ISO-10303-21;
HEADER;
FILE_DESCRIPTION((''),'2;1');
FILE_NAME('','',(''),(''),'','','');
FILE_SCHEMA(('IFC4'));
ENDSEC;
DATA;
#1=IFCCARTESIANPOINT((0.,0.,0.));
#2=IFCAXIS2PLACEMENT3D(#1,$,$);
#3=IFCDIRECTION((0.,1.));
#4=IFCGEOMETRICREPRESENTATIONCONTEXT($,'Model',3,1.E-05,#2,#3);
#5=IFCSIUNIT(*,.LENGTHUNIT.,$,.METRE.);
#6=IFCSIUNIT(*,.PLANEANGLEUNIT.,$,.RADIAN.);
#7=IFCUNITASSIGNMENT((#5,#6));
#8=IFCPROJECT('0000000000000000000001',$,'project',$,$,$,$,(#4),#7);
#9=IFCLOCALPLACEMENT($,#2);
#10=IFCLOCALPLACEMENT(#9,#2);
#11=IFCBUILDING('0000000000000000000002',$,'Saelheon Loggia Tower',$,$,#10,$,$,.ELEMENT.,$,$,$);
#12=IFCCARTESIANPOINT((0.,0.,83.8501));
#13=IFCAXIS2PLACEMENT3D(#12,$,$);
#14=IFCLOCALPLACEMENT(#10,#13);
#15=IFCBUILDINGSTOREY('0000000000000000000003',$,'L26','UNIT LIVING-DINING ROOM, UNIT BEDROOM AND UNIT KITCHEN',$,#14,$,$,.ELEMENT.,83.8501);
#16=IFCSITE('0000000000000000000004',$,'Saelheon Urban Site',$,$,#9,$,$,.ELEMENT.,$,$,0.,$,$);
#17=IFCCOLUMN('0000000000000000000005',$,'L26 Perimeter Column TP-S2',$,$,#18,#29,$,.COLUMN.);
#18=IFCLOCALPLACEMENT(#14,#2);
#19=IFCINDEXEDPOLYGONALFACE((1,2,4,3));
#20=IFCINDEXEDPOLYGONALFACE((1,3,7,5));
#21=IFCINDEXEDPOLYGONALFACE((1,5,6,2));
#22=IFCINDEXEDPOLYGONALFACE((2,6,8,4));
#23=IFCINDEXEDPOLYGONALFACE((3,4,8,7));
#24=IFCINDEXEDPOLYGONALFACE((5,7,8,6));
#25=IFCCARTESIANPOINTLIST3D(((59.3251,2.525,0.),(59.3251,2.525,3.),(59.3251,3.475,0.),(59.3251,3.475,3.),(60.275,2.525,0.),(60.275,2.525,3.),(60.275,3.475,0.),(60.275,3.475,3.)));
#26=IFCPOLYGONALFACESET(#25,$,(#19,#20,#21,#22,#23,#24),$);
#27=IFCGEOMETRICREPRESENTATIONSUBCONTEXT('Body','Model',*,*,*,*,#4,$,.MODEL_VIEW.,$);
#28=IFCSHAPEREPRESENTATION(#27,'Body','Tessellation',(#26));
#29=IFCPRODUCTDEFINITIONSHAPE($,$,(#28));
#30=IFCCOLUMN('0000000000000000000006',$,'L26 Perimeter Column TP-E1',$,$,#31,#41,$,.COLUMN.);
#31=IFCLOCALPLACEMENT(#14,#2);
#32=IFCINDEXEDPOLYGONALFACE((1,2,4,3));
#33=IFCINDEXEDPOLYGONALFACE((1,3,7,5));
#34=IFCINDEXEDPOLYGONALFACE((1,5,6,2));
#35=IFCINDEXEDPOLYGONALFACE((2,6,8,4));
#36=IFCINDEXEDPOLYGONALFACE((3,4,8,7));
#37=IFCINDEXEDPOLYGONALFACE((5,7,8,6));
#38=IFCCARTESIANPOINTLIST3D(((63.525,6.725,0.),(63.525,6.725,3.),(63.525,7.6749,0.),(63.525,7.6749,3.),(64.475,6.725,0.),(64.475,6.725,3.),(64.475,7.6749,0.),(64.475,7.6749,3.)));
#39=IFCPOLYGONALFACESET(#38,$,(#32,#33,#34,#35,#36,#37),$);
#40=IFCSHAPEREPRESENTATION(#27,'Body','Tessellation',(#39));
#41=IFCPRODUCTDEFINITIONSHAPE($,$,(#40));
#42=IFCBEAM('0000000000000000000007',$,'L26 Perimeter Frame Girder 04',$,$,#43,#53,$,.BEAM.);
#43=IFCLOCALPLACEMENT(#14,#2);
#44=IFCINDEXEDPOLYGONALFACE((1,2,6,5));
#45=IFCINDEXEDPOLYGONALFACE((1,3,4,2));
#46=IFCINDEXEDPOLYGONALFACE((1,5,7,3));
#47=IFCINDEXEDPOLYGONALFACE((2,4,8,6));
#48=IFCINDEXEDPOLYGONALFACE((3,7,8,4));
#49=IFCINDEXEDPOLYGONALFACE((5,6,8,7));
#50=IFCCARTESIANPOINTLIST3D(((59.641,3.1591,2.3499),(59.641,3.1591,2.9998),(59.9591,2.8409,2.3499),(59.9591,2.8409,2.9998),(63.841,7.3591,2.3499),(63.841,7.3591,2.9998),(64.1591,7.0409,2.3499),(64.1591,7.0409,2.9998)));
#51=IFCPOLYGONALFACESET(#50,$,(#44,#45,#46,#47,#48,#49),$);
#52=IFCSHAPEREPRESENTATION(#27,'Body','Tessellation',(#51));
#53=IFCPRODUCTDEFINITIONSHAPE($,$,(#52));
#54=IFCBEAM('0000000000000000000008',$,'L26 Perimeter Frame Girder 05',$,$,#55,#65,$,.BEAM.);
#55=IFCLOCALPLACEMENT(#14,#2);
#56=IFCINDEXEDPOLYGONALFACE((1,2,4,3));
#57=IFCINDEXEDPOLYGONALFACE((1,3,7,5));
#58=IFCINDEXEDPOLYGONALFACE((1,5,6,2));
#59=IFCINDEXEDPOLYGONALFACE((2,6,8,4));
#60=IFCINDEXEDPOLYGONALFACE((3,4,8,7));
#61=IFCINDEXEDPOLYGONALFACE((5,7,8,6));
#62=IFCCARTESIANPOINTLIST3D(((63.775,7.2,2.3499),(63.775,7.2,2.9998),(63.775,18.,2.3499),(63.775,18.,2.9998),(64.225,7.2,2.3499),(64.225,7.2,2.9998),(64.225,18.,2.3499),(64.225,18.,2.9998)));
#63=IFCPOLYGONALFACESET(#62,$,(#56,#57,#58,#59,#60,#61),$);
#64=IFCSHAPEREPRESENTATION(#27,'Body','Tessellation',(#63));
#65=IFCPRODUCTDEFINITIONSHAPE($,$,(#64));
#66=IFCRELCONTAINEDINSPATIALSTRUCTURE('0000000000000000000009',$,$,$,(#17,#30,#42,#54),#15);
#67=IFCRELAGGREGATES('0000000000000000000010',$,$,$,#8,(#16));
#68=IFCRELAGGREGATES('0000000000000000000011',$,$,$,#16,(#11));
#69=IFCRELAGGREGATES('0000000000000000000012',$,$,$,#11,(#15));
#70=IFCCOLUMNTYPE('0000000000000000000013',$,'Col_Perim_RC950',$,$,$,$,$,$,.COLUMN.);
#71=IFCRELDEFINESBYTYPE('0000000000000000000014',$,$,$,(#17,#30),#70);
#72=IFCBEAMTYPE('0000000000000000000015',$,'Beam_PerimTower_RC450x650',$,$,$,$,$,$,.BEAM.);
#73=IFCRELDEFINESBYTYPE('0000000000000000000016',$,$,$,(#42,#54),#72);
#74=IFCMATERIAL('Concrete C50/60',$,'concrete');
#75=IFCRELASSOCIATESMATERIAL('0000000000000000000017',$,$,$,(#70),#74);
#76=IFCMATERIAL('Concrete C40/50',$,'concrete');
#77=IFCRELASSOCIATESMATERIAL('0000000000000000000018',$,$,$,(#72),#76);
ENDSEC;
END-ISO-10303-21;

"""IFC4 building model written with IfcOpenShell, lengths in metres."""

from ifc_helpers import new_model, si_unit, direction, frame, origin, origin_2d, place, context, subcontext, project, spatial, rectangle, extrude, source, transform, mapped, material, material_profile, profile_set, type_object, element, save


model = new_model("IFC4")

# Units and contexts
model_context = context("Model", 3, precision=1e-05, world=origin(), true_north=direction((0.0, 1.0)))
body_context = subcontext(model_context, "Body", "Model", "MODEL_VIEW")
ifc_project = project(units=[si_unit("LENGTHUNIT", "METRE"), si_unit("PLANEANGLEUNIT", "RADIAN")], contexts=[model_context])

# Site, building, storey
site_placement = place(None, origin())
site = spatial("IfcSite", under=ifc_project, at=site_placement, Name="Saelheon Urban Site", CompositionType="ELEMENT", RefElevation=0.0)
building_placement = place(site_placement, origin())
building = spatial("IfcBuilding", under=site, at=building_placement, Name="Saelheon Loggia Tower", CompositionType="ELEMENT")
storey_placement = place(building_placement, frame((0.0, 0.0, 83.8501)))
storey = spatial("IfcBuildingStorey", under=building, at=storey_placement, Name="L26", Description="UNIT LIVING-DINING ROOM, UNIT BEDROOM AND UNIT KITCHEN", CompositionType="ELEMENT", Elevation=83.8501)

# Columns
ifc_material_1 = material(Name="Concrete C50/60", Category="concrete")
ifc_material_profile_1 = material_profile(ifc_material_1, rectangle(XDim=0.95, YDim=0.95, at=origin_2d()), Name="RC-950x950")
ifc_profile_set_1 = profile_set([ifc_material_profile_1], Name="Concrete C50/60")
column_type = type_object("IfcColumnType", Name="Col_Perim_RC950", PredefinedType="COLUMN", material=ifc_profile_set_1)
shared_shape_1 = source(origin(), body_context, "Body", "SweptSolid", [
    extrude(rectangle(XDim=0.95, YDim=0.95, at=origin_2d()), origin(), (0.0, 0.0, 1.0), 3.0),
])
for number, where, z_axis, x_axis, name in (
    (1, (59.8, 3.0, 0.0), (0.0, 0.0, 1.0), (1.0, 0.0, 0.0), "L26 Perimeter Column TP-S2"),
    (2, (64.0, 7.2, 0.0), (0.0, 0.0, 1.0), (1.0, 0.0, 0.0), "L26 Perimeter Column TP-E1"),
):
    element("IfcColumn", number, at=place(storey_placement, frame(where, z_axis=z_axis, x_axis=x_axis)), inside=storey, type_object=column_type, Name=name, PredefinedType="COLUMN", context=body_context, shape_type="MappedRepresentation", body=[
        mapped(shared_shape_1, transform((0.0, 0.0, 0.0), scale=1.0)),
    ])

# Beams
ifc_material_2 = material(Name="Concrete C40/50", Category="concrete")
ifc_material_profile_2 = material_profile(ifc_material_2, rectangle(XDim=0.45, YDim=0.6499, at=origin_2d()), Name="RC-450x650")
ifc_profile_set_2 = profile_set([ifc_material_profile_2], Name="Concrete C40/50")
beam_type = type_object("IfcBeamType", Name="Beam_PerimTower_RC450x650", PredefinedType="BEAM", material=ifc_profile_set_2)
shared_shape_2 = source(origin(), body_context, "Body", "SweptSolid", [
    extrude(rectangle(XDim=0.45, YDim=0.6499, at=origin_2d()), origin(), (0.0, 0.0, 1.0), 5.9397),
])
beam_1_placement = place(storey_placement, frame((59.8, 3.0, 2.6748), z_axis=(0.707107, 0.707107, 0.0), x_axis=(-0.707107, 0.707107, 0.0)))
element("IfcBeam", 3, at=beam_1_placement, inside=storey, type_object=beam_type, Name="L26 Perimeter Frame Girder 04", PredefinedType="BEAM", context=body_context, shape_type="MappedRepresentation", body=[
    mapped(shared_shape_2, transform((0.0, 0.0, 0.0), scale=1.0)),
])
shared_shape_3 = source(origin(), body_context, "Body", "SweptSolid", [
    extrude(rectangle(XDim=0.45, YDim=0.6499, at=origin_2d()), origin(), (0.0, 0.0, 1.0), 10.8),
])
beam_2_placement = place(storey_placement, frame((64.0, 7.2, 2.6748), z_axis=(0.0, 1.0, 0.0), x_axis=(-1.0, 0.0, 0.0)))
element("IfcBeam", 4, at=beam_2_placement, inside=storey, type_object=beam_type, Name="L26 Perimeter Frame Girder 05", PredefinedType="BEAM", context=body_context, shape_type="MappedRepresentation", body=[
    mapped(shared_shape_3, transform((0.0, 0.0, 0.0), scale=1.0)),
])

save(model, "model.ifc")
